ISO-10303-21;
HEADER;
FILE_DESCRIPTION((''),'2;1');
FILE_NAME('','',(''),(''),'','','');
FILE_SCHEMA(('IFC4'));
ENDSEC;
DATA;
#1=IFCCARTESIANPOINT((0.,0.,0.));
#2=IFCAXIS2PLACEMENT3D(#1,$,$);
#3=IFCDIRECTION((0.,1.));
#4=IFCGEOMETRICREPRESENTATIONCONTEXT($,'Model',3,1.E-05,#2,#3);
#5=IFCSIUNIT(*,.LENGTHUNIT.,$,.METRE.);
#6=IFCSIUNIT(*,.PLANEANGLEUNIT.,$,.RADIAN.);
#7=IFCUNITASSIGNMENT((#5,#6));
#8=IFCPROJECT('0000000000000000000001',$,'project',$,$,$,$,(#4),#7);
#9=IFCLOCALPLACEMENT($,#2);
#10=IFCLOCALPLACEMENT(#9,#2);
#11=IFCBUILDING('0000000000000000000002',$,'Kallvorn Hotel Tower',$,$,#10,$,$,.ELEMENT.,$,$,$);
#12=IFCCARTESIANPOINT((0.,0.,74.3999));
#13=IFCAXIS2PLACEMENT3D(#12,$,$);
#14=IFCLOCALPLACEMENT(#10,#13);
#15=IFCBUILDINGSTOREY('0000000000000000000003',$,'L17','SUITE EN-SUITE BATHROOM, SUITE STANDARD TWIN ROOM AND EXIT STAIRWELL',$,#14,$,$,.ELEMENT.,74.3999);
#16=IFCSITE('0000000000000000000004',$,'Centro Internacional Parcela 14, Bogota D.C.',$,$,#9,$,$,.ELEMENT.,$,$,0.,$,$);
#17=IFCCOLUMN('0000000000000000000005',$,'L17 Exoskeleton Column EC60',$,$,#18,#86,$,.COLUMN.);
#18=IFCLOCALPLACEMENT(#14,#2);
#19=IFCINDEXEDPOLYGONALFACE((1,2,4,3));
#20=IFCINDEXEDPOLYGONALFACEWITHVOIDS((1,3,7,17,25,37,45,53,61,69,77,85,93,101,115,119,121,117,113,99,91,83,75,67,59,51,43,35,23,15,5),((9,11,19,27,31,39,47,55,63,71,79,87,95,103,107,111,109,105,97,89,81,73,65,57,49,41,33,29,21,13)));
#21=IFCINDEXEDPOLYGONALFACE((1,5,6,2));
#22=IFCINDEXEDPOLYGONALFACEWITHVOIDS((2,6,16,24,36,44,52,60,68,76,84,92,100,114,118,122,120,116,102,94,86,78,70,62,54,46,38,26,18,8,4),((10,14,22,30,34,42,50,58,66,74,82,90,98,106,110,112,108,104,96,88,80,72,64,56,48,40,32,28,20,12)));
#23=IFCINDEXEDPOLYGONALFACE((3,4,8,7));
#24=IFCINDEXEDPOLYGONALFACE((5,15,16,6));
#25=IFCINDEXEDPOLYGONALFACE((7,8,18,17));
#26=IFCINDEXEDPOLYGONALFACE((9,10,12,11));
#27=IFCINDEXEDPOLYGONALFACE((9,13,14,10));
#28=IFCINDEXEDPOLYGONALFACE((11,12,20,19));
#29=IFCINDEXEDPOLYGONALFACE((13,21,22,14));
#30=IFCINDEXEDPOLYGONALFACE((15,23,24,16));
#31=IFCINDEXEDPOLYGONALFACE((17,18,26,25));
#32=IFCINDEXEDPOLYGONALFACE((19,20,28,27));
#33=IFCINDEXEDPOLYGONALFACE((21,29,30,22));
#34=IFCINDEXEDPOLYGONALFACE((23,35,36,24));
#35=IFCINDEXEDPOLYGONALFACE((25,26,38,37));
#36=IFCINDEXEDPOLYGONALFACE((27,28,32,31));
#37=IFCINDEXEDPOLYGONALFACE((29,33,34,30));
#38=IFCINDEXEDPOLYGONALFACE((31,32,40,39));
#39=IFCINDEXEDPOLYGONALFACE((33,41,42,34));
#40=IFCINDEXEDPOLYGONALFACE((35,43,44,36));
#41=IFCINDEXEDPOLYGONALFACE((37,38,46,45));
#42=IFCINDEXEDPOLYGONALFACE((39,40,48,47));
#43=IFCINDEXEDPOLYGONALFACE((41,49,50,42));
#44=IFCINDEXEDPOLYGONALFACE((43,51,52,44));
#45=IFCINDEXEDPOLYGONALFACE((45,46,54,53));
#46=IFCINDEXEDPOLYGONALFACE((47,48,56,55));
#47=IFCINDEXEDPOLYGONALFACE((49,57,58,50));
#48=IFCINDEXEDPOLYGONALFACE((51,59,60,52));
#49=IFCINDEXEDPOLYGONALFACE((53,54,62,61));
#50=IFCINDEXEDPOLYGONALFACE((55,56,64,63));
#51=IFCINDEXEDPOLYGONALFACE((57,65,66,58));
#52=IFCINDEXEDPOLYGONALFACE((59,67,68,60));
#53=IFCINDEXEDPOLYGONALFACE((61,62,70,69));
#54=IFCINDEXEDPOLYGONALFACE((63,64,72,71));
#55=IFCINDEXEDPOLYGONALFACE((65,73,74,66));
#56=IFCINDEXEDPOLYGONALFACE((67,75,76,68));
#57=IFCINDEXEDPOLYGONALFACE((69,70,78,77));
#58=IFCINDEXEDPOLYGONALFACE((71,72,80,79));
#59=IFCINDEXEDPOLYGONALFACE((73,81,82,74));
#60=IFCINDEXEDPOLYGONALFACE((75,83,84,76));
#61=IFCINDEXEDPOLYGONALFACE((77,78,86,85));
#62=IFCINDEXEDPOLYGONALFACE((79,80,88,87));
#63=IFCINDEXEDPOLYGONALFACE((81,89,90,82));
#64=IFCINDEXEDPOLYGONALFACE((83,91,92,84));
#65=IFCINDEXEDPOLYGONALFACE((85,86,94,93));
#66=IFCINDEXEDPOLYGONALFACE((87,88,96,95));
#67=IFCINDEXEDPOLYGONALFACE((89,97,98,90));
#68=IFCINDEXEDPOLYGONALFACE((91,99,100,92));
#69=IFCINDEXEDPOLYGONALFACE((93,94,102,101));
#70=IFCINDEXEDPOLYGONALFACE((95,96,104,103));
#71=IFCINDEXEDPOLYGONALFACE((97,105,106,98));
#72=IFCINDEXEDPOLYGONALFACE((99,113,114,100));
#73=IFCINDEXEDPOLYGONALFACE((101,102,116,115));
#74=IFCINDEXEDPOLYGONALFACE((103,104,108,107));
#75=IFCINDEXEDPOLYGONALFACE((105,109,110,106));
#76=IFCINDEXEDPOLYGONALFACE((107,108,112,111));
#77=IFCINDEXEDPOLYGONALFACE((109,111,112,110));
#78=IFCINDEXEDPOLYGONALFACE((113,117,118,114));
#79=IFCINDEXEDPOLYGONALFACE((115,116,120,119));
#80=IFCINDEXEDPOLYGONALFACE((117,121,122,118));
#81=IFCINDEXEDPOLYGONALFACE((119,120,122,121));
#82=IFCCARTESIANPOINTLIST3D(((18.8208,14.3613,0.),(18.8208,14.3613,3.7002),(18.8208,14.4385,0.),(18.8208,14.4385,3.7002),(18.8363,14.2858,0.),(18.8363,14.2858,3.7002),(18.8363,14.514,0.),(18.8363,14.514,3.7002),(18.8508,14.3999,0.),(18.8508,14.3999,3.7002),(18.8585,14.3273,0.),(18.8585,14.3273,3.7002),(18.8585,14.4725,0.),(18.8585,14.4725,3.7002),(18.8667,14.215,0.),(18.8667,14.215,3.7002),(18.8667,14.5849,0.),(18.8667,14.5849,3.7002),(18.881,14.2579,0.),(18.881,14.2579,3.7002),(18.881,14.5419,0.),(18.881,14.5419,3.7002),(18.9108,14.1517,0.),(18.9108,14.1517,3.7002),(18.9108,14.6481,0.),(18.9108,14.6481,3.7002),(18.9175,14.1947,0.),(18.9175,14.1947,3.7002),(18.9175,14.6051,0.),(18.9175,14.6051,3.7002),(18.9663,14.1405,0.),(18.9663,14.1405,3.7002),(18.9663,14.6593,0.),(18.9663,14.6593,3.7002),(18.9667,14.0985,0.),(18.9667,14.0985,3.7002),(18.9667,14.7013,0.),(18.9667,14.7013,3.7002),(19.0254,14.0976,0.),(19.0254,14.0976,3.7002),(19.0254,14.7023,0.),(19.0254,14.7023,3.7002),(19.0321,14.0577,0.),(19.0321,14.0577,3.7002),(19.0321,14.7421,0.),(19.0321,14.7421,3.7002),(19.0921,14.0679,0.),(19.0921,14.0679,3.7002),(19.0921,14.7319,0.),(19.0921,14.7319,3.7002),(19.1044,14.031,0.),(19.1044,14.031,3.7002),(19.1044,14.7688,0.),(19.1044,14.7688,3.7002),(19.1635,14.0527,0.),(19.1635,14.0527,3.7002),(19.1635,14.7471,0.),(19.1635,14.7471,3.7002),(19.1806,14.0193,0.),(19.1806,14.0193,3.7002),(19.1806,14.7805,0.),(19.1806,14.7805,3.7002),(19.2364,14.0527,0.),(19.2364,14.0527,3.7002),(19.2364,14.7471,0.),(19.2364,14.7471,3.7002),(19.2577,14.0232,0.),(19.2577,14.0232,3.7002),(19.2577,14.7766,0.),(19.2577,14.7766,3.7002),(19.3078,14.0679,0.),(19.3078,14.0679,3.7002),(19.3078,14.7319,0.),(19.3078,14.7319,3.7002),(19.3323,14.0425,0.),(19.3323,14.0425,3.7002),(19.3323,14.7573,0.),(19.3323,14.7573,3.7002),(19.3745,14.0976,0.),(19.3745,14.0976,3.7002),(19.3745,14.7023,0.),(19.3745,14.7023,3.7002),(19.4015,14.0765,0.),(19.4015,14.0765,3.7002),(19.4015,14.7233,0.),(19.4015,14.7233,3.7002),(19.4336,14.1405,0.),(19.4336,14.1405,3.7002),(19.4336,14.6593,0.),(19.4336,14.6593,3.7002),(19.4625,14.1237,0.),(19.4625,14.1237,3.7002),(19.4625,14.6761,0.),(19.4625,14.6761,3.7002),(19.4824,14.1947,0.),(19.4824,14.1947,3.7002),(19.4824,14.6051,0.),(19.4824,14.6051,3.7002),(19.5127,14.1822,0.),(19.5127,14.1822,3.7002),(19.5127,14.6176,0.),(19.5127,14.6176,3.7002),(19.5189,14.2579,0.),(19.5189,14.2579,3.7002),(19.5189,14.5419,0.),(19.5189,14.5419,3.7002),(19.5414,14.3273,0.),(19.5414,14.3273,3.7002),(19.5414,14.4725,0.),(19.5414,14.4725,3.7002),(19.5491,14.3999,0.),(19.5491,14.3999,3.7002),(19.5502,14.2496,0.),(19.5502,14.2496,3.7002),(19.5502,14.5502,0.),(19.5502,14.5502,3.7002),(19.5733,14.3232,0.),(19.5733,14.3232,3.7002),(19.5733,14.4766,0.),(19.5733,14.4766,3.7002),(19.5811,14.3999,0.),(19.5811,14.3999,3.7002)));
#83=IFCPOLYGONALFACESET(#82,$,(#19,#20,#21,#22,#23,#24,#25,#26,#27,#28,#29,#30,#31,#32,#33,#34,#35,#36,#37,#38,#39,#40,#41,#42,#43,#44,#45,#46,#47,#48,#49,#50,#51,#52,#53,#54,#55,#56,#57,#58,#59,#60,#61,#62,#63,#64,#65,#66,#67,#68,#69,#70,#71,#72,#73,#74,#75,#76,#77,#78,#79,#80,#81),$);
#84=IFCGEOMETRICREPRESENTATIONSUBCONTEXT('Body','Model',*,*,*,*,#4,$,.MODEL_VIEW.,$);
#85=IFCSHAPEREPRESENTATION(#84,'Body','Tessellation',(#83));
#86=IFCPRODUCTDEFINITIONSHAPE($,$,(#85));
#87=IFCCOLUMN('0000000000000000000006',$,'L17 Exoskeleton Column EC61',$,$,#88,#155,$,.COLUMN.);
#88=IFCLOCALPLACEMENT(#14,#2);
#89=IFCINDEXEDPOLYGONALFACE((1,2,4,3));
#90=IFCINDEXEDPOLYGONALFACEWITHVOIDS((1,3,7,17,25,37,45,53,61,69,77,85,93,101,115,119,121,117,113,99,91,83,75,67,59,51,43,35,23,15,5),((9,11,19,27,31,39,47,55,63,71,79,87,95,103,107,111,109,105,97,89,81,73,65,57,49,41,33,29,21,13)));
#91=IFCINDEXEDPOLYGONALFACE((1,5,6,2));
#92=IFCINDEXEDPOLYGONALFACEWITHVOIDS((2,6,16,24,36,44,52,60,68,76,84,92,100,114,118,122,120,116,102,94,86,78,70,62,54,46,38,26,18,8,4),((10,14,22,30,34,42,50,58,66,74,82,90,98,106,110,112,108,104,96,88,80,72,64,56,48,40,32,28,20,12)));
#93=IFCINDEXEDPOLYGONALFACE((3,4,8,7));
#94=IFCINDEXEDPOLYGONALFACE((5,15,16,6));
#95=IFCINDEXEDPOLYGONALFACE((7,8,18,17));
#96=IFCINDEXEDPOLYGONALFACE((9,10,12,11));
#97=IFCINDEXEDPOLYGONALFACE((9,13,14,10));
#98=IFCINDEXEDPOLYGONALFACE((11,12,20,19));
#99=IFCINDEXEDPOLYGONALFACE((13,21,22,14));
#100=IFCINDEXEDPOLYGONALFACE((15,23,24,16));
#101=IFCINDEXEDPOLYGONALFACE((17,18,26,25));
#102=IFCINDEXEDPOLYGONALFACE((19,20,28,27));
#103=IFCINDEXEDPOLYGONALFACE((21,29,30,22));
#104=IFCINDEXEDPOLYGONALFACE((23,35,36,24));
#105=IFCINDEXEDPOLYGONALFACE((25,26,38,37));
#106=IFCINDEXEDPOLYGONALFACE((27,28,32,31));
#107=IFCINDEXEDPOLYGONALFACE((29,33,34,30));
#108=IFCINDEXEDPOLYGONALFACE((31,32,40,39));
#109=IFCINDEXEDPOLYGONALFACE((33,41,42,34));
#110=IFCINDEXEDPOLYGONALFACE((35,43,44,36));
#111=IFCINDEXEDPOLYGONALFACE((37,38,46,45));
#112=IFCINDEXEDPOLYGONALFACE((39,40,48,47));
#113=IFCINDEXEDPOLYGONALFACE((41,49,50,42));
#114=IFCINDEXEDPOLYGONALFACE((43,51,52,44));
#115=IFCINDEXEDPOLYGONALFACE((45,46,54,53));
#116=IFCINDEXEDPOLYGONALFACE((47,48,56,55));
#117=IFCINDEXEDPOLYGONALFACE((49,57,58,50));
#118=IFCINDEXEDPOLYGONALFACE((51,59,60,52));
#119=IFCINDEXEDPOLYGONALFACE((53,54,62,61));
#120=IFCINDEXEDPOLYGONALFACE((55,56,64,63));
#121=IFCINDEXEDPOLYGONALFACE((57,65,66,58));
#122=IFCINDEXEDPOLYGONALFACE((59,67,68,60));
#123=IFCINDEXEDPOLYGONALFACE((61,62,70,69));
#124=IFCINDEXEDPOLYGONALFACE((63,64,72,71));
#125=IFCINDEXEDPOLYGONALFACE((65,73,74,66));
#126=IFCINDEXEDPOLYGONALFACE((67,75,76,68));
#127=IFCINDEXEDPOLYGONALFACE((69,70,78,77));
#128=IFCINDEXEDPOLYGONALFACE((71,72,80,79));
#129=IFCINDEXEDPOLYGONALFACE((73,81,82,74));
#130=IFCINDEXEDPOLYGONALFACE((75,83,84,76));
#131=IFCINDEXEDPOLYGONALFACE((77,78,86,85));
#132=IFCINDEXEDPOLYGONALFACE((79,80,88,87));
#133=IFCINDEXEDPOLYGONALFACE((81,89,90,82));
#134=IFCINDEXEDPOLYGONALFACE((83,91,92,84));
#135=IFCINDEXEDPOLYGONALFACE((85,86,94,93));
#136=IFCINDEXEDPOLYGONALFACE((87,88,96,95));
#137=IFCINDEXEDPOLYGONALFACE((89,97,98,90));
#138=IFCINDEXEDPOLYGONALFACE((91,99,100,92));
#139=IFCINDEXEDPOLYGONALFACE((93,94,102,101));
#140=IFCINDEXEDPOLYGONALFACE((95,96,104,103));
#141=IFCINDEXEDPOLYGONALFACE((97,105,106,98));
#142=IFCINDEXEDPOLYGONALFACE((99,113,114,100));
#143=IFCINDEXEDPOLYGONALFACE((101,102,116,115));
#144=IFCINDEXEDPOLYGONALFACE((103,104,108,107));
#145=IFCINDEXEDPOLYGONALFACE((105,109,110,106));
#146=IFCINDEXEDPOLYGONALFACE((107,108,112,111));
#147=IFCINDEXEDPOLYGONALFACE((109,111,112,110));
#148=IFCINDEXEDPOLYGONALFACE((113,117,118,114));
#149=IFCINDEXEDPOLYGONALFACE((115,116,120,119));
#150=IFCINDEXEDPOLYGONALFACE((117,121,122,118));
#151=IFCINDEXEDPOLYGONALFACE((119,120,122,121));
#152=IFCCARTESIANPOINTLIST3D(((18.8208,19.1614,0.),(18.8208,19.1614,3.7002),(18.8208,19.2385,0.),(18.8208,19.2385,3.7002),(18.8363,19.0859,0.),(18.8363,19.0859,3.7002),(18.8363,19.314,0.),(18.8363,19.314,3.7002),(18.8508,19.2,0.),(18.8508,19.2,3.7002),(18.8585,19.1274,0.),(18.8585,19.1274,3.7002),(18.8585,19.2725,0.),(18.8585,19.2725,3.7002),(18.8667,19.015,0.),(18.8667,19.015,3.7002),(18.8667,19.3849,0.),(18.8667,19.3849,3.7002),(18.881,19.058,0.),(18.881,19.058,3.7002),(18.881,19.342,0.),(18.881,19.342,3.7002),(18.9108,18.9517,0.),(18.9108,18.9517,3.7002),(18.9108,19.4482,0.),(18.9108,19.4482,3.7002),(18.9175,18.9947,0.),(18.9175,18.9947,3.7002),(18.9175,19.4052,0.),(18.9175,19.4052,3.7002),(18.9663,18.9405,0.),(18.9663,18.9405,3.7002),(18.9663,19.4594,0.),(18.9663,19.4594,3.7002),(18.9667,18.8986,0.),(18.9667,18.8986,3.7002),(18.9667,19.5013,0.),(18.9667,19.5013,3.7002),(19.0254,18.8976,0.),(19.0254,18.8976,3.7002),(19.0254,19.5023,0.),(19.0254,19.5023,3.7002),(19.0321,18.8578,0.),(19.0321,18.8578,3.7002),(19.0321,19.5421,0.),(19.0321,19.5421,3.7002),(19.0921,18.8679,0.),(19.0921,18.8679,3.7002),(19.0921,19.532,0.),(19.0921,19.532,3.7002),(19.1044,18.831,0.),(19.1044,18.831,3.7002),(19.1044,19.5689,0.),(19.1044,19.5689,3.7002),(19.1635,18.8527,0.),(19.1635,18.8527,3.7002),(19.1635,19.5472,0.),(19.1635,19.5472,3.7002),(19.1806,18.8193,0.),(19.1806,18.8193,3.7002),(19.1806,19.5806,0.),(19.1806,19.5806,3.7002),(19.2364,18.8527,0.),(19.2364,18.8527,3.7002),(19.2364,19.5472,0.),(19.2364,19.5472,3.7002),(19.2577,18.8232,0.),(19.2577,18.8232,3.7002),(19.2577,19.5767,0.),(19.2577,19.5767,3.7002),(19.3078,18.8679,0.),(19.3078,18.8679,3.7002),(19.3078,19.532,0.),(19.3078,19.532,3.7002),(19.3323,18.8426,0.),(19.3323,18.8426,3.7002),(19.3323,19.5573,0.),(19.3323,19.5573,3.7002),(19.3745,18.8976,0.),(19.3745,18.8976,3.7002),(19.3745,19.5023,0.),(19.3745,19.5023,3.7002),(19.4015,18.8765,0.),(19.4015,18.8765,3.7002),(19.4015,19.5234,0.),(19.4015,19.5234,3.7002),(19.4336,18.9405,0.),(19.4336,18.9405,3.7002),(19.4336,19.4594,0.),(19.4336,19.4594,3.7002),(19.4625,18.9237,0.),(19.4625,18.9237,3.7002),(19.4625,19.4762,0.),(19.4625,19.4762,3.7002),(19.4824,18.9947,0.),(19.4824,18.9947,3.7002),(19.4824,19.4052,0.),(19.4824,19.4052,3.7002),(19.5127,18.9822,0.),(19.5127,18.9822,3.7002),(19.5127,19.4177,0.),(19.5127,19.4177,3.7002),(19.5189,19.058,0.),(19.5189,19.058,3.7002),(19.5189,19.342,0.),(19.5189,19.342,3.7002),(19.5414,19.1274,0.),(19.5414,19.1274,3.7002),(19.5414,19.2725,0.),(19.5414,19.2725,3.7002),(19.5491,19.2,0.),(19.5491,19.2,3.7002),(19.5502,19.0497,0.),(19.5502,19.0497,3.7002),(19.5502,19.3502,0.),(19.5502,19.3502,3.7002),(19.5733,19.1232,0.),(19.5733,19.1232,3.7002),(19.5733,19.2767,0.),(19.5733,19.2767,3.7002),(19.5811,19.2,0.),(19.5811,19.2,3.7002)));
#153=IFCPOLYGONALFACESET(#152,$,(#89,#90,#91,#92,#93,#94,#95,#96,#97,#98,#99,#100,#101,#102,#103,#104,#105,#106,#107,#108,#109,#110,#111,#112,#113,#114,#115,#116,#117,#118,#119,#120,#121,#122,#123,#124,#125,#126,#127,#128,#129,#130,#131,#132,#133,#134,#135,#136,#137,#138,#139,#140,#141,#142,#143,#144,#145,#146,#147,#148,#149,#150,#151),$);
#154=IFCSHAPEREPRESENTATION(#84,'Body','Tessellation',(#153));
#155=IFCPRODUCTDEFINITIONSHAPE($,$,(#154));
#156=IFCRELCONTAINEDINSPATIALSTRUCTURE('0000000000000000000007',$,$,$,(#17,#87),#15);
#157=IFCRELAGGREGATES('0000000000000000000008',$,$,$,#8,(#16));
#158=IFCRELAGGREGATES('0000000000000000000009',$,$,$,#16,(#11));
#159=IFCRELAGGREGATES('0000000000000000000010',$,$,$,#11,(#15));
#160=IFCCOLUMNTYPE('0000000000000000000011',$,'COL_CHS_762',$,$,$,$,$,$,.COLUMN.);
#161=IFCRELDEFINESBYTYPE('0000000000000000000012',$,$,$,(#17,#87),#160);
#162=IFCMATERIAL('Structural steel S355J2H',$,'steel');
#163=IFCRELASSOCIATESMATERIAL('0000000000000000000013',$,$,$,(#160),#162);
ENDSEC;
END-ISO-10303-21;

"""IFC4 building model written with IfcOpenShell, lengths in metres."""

from ifc_helpers import new_model, si_unit, direction, frame, origin, origin_2d, place, context, subcontext, project, spatial, hollow_circle, extrude, material, material_profile, profile_set, type_object, element, save


model = new_model("IFC4")

# Units and contexts
model_context = context("Model", 3, precision=1e-05, world=origin(), true_north=direction((0.0, 1.0)))
body_context = subcontext(model_context, "Body", "Model", "MODEL_VIEW")
ifc_project = project(units=[si_unit("LENGTHUNIT", "METRE"), si_unit("PLANEANGLEUNIT", "RADIAN")], contexts=[model_context])

# Site, building, storey
site_placement = place(None, origin())
site = spatial("IfcSite", under=ifc_project, at=site_placement, Name="Centro Internacional Parcela 14, Bogota D.C.", CompositionType="ELEMENT", RefElevation=0.0)
building_placement = place(site_placement, origin())
building = spatial("IfcBuilding", under=site, at=building_placement, Name="Kallvorn Hotel Tower", CompositionType="ELEMENT")
storey_placement = place(building_placement, frame((0.0, 0.0, 74.3999)))
storey = spatial("IfcBuildingStorey", under=building, at=storey_placement, Name="L17", Description="SUITE EN-SUITE BATHROOM, SUITE STANDARD TWIN ROOM AND EXIT STAIRWELL", CompositionType="ELEMENT", Elevation=74.3999)

# Columns
ifc_material_1 = material(Name="Structural steel S355J2H", Category="steel")
ifc_material_profile_1 = material_profile(ifc_material_1, hollow_circle(Radius=0.3811, WallThickness=0.032, at=origin_2d()), Name="CHS 762x32")
ifc_profile_set_1 = profile_set([ifc_material_profile_1], Name="Structural steel S355J2H")
column_type_1 = type_object("IfcColumnType", Name="COL_CHS_762", PredefinedType="COLUMN", material=ifc_profile_set_1)
for number, where, z_axis, x_axis, name in (
    (1, (19.2, 14.3999, 0.0), (0.0, 0.0, 1.0), (1.0, 0.0, 0.0), "L17 Exoskeleton Column EC60"),
    (2, (19.2, 19.2, 0.0), (0.0, 0.0, 1.0), (1.0, 0.0, 0.0), "L17 Exoskeleton Column EC61"),
):
    element("IfcColumn", number, at=place(storey_placement, frame(where, z_axis=z_axis, x_axis=x_axis)), inside=storey, type_object=column_type_1, Name=name, PredefinedType="COLUMN", context=body_context, shape_type="SweptSolid", body=[
        extrude(hollow_circle(Radius=0.3811, WallThickness=0.032, at=origin_2d()), origin(), (0.0, 0.0, 1.0), 3.7002),
    ])

save(model, "model.ifc")
